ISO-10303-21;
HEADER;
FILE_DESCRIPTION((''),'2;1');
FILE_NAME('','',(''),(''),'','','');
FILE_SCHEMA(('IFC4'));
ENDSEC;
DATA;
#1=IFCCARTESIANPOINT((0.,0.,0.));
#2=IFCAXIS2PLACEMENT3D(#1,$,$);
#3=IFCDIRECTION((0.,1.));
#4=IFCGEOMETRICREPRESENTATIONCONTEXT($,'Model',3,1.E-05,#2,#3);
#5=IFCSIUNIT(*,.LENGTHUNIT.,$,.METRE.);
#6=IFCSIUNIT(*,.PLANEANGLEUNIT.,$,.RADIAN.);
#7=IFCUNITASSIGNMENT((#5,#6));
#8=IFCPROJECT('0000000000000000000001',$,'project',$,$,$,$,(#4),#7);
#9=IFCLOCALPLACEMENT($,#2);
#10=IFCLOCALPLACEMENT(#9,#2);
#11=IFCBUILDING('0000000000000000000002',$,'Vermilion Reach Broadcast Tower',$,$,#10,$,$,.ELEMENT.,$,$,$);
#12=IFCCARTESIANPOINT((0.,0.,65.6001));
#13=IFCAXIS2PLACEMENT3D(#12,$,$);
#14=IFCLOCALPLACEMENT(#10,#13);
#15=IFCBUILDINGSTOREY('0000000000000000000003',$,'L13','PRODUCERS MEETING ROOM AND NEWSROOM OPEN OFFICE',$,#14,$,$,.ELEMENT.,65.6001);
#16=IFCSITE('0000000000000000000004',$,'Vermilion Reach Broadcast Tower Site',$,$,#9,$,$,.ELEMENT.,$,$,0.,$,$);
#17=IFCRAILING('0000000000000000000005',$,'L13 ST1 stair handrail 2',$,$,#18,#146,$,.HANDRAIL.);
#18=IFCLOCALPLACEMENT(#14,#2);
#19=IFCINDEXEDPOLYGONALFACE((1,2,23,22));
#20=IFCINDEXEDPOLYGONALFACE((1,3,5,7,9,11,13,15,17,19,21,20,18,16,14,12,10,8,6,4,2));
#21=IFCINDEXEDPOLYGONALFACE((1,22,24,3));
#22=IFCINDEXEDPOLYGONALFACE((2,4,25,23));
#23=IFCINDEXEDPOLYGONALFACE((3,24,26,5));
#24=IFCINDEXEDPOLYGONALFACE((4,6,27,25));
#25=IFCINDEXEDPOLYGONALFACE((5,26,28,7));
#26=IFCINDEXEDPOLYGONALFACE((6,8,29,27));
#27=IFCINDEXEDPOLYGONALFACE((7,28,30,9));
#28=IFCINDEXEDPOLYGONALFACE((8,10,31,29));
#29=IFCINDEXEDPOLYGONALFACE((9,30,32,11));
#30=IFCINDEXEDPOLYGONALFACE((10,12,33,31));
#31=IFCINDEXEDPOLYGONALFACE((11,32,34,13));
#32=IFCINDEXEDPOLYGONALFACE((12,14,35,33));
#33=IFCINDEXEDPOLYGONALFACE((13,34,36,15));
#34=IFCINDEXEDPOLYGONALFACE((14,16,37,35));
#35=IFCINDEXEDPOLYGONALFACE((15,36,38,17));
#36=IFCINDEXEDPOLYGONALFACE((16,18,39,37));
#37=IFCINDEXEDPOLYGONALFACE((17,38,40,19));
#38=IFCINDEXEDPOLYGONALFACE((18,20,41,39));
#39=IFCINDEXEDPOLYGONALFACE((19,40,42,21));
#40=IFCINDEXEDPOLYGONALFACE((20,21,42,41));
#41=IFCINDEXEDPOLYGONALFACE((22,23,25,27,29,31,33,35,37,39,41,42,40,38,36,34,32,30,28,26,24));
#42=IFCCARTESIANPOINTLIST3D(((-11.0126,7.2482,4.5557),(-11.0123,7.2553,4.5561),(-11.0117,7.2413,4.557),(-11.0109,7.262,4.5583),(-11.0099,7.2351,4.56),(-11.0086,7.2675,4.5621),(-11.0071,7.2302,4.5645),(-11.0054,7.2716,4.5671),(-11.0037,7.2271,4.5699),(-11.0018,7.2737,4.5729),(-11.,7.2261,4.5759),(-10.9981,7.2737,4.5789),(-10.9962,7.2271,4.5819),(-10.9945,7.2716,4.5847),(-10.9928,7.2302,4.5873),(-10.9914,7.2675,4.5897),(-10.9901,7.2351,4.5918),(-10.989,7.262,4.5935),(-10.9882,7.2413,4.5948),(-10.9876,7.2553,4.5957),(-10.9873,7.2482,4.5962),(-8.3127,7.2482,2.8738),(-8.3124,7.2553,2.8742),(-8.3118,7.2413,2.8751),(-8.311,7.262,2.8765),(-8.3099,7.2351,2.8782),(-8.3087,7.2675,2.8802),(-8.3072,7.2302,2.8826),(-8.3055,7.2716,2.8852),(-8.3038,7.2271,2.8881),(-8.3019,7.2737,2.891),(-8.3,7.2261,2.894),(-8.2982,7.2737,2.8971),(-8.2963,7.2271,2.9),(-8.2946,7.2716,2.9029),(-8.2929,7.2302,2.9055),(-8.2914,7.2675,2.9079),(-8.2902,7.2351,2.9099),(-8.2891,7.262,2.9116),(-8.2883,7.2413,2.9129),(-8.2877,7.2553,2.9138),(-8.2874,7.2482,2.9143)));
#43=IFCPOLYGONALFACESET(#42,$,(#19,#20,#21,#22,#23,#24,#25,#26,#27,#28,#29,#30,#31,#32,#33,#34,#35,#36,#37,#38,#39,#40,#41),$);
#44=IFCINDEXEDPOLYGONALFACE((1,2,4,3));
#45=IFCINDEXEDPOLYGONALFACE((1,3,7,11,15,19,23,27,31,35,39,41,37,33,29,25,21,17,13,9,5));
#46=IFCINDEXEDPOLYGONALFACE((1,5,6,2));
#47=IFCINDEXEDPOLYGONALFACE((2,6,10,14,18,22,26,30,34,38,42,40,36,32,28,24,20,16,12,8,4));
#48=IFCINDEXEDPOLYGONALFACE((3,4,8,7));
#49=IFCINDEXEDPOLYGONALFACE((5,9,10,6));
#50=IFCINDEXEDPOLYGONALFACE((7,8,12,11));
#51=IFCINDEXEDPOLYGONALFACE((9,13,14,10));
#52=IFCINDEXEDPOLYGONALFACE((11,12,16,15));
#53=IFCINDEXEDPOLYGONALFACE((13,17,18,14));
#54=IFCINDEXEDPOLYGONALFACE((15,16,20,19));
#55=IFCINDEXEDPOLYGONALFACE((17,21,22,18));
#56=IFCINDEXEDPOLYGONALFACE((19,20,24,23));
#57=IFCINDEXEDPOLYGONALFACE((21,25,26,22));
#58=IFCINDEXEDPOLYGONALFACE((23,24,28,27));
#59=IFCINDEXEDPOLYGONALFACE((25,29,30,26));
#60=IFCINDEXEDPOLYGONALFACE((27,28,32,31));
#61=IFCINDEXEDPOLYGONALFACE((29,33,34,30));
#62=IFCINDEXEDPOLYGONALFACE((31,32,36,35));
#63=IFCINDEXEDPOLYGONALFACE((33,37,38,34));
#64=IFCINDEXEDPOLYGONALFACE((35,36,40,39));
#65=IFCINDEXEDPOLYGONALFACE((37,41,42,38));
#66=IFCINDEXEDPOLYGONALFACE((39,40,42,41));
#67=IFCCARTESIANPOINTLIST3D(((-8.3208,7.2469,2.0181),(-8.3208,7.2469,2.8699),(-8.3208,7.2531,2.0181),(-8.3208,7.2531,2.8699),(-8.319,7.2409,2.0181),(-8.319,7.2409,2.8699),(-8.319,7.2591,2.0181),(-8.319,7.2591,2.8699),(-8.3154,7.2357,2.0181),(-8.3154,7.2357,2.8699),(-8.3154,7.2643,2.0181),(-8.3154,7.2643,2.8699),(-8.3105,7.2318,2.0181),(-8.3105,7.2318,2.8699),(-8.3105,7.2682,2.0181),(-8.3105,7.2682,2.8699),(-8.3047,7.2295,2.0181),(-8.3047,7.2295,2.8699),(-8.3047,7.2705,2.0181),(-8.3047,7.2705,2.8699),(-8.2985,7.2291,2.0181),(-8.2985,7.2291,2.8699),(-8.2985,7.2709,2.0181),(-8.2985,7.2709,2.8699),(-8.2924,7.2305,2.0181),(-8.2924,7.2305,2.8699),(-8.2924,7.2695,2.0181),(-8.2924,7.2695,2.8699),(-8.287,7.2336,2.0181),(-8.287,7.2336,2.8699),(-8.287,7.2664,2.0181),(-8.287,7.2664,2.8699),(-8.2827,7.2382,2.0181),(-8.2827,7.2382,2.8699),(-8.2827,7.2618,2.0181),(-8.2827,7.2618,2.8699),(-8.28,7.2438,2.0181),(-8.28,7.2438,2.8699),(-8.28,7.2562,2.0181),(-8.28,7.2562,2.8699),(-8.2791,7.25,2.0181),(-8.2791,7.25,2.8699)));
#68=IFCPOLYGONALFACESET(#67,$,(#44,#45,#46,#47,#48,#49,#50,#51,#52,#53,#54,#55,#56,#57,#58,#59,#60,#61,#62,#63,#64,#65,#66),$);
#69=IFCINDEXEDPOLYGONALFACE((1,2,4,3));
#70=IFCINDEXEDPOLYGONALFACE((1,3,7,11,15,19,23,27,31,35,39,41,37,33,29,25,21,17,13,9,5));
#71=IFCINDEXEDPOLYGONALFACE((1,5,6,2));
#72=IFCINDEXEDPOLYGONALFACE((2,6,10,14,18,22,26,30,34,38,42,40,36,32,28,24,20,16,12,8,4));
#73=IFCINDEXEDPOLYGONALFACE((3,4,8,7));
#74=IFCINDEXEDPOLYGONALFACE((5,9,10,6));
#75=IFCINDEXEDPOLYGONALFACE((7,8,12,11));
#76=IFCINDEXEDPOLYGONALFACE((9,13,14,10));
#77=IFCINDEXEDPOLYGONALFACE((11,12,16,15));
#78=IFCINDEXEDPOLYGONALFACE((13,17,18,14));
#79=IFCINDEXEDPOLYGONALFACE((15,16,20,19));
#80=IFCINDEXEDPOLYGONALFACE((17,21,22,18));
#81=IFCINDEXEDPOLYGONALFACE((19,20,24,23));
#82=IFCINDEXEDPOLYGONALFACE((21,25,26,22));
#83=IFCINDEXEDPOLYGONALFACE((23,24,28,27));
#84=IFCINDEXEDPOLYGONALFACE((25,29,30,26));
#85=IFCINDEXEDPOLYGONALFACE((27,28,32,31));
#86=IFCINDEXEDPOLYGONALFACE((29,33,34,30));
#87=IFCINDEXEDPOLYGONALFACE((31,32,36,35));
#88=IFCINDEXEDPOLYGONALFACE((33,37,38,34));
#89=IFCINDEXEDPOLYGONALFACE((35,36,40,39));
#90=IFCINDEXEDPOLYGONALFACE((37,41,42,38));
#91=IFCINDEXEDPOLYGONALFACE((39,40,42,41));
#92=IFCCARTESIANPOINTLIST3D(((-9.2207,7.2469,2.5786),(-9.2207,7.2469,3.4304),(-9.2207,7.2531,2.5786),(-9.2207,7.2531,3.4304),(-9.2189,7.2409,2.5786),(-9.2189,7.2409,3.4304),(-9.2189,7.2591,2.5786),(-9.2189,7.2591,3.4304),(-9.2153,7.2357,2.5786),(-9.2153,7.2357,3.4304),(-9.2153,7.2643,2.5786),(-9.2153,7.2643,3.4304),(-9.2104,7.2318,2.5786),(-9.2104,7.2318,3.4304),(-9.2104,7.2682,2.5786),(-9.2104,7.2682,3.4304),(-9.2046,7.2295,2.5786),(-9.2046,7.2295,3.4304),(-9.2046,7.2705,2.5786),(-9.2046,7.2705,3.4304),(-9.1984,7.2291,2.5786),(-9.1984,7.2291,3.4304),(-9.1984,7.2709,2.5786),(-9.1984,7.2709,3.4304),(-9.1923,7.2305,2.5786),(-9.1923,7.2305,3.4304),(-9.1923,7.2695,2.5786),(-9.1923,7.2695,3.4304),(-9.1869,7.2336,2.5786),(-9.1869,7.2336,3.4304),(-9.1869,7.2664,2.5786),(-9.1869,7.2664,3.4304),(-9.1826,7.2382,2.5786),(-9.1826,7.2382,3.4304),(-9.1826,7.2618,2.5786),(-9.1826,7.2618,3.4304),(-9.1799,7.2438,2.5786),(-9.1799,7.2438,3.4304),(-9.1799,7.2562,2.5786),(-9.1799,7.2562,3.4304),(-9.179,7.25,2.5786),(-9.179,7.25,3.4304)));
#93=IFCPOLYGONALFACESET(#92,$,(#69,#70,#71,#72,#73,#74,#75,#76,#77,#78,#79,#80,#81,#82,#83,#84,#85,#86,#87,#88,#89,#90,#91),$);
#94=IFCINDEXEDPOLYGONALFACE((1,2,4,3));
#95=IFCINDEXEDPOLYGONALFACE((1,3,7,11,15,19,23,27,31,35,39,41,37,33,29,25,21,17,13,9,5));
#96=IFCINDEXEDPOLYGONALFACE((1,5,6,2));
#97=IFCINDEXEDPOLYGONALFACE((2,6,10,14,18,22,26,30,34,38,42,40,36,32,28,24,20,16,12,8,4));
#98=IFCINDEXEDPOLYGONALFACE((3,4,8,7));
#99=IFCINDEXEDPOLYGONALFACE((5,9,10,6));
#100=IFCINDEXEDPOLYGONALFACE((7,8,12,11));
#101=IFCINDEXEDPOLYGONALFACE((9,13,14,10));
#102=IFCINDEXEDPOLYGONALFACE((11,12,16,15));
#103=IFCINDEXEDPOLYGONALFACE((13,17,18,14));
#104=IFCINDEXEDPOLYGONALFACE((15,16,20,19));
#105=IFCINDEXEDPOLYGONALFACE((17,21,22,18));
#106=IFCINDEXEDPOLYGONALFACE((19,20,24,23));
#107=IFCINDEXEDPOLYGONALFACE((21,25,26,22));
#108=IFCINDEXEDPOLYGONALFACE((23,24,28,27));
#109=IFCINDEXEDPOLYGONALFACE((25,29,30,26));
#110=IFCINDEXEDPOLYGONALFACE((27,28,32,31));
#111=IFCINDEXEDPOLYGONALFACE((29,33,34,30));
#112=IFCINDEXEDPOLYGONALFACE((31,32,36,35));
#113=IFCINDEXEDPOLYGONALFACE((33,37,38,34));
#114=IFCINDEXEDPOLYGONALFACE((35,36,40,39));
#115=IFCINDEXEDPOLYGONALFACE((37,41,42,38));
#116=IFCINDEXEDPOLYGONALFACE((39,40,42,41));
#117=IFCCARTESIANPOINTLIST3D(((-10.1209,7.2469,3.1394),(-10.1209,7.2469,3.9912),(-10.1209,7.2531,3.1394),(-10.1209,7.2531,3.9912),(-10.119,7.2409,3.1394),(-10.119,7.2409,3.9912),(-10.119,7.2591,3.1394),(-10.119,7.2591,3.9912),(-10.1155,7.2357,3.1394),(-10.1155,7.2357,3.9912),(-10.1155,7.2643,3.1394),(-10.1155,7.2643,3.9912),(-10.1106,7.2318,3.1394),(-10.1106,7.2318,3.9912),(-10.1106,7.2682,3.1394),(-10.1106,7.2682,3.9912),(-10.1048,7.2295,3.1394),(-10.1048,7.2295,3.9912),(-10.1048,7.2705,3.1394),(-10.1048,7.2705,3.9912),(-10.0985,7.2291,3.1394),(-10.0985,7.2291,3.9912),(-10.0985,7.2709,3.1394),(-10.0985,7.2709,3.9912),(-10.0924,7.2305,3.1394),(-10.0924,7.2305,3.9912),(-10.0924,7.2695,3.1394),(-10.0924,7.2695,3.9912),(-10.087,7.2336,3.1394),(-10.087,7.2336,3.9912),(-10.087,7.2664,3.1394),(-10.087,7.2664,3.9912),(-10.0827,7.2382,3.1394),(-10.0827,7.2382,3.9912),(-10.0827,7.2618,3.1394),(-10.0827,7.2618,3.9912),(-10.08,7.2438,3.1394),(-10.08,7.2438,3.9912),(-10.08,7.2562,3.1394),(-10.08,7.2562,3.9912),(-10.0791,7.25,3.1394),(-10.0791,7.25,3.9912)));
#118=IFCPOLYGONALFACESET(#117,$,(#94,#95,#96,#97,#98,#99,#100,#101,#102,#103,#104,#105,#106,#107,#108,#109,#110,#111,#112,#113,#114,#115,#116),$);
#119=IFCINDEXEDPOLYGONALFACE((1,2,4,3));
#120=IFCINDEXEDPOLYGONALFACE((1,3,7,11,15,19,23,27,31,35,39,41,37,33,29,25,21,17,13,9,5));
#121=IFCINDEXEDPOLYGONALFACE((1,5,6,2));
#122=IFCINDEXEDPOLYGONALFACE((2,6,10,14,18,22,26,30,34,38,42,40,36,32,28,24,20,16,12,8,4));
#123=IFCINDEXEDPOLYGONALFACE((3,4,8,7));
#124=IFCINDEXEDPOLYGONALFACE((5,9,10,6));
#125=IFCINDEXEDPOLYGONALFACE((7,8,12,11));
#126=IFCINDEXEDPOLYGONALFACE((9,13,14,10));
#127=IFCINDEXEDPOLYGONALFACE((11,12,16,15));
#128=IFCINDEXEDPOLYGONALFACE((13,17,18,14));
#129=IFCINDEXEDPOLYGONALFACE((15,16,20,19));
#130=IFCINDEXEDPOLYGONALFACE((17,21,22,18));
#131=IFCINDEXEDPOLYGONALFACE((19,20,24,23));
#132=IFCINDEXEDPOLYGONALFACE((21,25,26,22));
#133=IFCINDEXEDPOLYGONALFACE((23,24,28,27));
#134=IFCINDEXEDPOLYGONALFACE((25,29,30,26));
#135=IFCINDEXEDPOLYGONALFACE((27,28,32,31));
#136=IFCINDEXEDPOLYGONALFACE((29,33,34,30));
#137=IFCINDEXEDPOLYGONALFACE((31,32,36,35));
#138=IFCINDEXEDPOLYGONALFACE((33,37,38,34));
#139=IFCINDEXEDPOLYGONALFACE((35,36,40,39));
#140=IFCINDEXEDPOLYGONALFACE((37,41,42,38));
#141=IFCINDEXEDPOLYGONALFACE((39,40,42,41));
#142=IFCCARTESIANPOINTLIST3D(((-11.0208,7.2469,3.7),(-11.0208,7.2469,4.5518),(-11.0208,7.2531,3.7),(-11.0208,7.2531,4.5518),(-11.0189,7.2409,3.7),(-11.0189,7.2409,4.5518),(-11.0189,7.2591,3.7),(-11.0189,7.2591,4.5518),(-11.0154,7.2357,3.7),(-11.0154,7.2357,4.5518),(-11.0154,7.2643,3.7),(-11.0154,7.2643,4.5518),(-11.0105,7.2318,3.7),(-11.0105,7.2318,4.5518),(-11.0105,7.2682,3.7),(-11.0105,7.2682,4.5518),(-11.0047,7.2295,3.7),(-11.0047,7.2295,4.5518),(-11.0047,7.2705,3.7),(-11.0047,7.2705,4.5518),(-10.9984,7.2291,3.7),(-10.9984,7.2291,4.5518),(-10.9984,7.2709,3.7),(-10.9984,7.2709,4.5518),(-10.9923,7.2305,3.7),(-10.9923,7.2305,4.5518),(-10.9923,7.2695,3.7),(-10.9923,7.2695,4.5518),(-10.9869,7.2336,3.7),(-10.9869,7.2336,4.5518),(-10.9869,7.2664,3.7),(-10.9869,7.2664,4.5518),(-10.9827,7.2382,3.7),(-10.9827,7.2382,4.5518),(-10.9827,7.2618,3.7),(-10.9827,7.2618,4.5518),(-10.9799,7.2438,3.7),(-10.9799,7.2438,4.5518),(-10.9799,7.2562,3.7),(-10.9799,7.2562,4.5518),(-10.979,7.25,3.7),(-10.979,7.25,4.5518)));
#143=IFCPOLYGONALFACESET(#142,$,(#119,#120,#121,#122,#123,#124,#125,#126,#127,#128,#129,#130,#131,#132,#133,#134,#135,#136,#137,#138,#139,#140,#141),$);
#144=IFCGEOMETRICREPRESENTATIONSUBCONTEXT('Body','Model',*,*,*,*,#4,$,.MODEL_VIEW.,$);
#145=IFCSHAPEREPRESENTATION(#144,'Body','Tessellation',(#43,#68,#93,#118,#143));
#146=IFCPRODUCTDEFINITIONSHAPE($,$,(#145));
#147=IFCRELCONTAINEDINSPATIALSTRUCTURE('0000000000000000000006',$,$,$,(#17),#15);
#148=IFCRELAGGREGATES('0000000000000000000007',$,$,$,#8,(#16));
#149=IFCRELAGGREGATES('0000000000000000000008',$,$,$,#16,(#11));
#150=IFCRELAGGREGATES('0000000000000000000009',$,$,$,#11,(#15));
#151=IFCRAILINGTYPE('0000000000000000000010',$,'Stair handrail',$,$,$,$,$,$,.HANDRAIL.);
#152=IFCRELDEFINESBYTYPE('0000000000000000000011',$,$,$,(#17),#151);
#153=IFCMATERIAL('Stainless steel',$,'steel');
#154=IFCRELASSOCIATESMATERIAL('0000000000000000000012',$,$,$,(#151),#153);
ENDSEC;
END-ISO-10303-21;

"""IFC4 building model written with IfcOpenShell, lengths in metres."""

from ifc_helpers import new_model, si_unit, direction, frame, origin, origin_2d, place, context, subcontext, project, spatial, circle, extrude, material, type_object, element, save


model = new_model("IFC4")

# Units and contexts
model_context = context("Model", 3, precision=1e-05, world=origin(), true_north=direction((0.0, 1.0)))
body_context = subcontext(model_context, "Body", "Model", "MODEL_VIEW")
ifc_project = project(units=[si_unit("LENGTHUNIT", "METRE"), si_unit("PLANEANGLEUNIT", "RADIAN")], contexts=[model_context])

# Site, building, storey
site_placement = place(None, origin())
site = spatial("IfcSite", under=ifc_project, at=site_placement, Name="Vermilion Reach Broadcast Tower Site", CompositionType="ELEMENT", RefElevation=0.0)
building_placement = place(site_placement, origin())
building = spatial("IfcBuilding", under=site, at=building_placement, Name="Vermilion Reach Broadcast Tower", CompositionType="ELEMENT")
storey_placement = place(building_placement, frame((0.0, 0.0, 65.6001)))
storey = spatial("IfcBuildingStorey", under=building, at=storey_placement, Name="L13", Description="PRODUCERS MEETING ROOM AND NEWSROOM OPEN OFFICE", CompositionType="ELEMENT", Elevation=65.6001)

# Railing
ifc_material_1 = material(Name="Stainless steel", Category="steel")
railing_type_1 = type_object("IfcRailingType", Name="Stair handrail", PredefinedType="HANDRAIL", material=ifc_material_1)
railing_1_placement = place(storey_placement, frame((-8.3, 7.25, 2.0181)))
element("IfcRailing", 1, at=railing_1_placement, inside=storey, type_object=railing_type_1, Name="L13 ST1 stair handrail 2", PredefinedType="HANDRAIL", context=body_context, shape_type="SweptSolid", body=[
    extrude(circle(Radius=0.0239, at=origin_2d()), frame((0.0, 0.0, 0.876), z_axis=(-0.848786, 0.0, 0.528736), x_axis=(0.0, -1.0, 0.0)), (0.0, 0.0, 1.0), 3.1809),
    extrude(circle(Radius=0.021, at=origin_2d()), origin(), (0.0, 0.0, 1.0), 0.8518),
    extrude(circle(Radius=0.021, at=origin_2d()), frame((-0.8999, 0.0, 0.5605)), (0.0, 0.0, 1.0), 0.8518),
    extrude(circle(Radius=0.021, at=origin_2d()), frame((-1.8, 0.0, 1.1213)), (0.0, 0.0, 1.0), 0.8518),
    extrude(circle(Radius=0.021, at=origin_2d()), frame((-2.7, 0.0, 1.6819)), (0.0, 0.0, 1.0), 0.8518),
])

save(model, "model.ifc")
